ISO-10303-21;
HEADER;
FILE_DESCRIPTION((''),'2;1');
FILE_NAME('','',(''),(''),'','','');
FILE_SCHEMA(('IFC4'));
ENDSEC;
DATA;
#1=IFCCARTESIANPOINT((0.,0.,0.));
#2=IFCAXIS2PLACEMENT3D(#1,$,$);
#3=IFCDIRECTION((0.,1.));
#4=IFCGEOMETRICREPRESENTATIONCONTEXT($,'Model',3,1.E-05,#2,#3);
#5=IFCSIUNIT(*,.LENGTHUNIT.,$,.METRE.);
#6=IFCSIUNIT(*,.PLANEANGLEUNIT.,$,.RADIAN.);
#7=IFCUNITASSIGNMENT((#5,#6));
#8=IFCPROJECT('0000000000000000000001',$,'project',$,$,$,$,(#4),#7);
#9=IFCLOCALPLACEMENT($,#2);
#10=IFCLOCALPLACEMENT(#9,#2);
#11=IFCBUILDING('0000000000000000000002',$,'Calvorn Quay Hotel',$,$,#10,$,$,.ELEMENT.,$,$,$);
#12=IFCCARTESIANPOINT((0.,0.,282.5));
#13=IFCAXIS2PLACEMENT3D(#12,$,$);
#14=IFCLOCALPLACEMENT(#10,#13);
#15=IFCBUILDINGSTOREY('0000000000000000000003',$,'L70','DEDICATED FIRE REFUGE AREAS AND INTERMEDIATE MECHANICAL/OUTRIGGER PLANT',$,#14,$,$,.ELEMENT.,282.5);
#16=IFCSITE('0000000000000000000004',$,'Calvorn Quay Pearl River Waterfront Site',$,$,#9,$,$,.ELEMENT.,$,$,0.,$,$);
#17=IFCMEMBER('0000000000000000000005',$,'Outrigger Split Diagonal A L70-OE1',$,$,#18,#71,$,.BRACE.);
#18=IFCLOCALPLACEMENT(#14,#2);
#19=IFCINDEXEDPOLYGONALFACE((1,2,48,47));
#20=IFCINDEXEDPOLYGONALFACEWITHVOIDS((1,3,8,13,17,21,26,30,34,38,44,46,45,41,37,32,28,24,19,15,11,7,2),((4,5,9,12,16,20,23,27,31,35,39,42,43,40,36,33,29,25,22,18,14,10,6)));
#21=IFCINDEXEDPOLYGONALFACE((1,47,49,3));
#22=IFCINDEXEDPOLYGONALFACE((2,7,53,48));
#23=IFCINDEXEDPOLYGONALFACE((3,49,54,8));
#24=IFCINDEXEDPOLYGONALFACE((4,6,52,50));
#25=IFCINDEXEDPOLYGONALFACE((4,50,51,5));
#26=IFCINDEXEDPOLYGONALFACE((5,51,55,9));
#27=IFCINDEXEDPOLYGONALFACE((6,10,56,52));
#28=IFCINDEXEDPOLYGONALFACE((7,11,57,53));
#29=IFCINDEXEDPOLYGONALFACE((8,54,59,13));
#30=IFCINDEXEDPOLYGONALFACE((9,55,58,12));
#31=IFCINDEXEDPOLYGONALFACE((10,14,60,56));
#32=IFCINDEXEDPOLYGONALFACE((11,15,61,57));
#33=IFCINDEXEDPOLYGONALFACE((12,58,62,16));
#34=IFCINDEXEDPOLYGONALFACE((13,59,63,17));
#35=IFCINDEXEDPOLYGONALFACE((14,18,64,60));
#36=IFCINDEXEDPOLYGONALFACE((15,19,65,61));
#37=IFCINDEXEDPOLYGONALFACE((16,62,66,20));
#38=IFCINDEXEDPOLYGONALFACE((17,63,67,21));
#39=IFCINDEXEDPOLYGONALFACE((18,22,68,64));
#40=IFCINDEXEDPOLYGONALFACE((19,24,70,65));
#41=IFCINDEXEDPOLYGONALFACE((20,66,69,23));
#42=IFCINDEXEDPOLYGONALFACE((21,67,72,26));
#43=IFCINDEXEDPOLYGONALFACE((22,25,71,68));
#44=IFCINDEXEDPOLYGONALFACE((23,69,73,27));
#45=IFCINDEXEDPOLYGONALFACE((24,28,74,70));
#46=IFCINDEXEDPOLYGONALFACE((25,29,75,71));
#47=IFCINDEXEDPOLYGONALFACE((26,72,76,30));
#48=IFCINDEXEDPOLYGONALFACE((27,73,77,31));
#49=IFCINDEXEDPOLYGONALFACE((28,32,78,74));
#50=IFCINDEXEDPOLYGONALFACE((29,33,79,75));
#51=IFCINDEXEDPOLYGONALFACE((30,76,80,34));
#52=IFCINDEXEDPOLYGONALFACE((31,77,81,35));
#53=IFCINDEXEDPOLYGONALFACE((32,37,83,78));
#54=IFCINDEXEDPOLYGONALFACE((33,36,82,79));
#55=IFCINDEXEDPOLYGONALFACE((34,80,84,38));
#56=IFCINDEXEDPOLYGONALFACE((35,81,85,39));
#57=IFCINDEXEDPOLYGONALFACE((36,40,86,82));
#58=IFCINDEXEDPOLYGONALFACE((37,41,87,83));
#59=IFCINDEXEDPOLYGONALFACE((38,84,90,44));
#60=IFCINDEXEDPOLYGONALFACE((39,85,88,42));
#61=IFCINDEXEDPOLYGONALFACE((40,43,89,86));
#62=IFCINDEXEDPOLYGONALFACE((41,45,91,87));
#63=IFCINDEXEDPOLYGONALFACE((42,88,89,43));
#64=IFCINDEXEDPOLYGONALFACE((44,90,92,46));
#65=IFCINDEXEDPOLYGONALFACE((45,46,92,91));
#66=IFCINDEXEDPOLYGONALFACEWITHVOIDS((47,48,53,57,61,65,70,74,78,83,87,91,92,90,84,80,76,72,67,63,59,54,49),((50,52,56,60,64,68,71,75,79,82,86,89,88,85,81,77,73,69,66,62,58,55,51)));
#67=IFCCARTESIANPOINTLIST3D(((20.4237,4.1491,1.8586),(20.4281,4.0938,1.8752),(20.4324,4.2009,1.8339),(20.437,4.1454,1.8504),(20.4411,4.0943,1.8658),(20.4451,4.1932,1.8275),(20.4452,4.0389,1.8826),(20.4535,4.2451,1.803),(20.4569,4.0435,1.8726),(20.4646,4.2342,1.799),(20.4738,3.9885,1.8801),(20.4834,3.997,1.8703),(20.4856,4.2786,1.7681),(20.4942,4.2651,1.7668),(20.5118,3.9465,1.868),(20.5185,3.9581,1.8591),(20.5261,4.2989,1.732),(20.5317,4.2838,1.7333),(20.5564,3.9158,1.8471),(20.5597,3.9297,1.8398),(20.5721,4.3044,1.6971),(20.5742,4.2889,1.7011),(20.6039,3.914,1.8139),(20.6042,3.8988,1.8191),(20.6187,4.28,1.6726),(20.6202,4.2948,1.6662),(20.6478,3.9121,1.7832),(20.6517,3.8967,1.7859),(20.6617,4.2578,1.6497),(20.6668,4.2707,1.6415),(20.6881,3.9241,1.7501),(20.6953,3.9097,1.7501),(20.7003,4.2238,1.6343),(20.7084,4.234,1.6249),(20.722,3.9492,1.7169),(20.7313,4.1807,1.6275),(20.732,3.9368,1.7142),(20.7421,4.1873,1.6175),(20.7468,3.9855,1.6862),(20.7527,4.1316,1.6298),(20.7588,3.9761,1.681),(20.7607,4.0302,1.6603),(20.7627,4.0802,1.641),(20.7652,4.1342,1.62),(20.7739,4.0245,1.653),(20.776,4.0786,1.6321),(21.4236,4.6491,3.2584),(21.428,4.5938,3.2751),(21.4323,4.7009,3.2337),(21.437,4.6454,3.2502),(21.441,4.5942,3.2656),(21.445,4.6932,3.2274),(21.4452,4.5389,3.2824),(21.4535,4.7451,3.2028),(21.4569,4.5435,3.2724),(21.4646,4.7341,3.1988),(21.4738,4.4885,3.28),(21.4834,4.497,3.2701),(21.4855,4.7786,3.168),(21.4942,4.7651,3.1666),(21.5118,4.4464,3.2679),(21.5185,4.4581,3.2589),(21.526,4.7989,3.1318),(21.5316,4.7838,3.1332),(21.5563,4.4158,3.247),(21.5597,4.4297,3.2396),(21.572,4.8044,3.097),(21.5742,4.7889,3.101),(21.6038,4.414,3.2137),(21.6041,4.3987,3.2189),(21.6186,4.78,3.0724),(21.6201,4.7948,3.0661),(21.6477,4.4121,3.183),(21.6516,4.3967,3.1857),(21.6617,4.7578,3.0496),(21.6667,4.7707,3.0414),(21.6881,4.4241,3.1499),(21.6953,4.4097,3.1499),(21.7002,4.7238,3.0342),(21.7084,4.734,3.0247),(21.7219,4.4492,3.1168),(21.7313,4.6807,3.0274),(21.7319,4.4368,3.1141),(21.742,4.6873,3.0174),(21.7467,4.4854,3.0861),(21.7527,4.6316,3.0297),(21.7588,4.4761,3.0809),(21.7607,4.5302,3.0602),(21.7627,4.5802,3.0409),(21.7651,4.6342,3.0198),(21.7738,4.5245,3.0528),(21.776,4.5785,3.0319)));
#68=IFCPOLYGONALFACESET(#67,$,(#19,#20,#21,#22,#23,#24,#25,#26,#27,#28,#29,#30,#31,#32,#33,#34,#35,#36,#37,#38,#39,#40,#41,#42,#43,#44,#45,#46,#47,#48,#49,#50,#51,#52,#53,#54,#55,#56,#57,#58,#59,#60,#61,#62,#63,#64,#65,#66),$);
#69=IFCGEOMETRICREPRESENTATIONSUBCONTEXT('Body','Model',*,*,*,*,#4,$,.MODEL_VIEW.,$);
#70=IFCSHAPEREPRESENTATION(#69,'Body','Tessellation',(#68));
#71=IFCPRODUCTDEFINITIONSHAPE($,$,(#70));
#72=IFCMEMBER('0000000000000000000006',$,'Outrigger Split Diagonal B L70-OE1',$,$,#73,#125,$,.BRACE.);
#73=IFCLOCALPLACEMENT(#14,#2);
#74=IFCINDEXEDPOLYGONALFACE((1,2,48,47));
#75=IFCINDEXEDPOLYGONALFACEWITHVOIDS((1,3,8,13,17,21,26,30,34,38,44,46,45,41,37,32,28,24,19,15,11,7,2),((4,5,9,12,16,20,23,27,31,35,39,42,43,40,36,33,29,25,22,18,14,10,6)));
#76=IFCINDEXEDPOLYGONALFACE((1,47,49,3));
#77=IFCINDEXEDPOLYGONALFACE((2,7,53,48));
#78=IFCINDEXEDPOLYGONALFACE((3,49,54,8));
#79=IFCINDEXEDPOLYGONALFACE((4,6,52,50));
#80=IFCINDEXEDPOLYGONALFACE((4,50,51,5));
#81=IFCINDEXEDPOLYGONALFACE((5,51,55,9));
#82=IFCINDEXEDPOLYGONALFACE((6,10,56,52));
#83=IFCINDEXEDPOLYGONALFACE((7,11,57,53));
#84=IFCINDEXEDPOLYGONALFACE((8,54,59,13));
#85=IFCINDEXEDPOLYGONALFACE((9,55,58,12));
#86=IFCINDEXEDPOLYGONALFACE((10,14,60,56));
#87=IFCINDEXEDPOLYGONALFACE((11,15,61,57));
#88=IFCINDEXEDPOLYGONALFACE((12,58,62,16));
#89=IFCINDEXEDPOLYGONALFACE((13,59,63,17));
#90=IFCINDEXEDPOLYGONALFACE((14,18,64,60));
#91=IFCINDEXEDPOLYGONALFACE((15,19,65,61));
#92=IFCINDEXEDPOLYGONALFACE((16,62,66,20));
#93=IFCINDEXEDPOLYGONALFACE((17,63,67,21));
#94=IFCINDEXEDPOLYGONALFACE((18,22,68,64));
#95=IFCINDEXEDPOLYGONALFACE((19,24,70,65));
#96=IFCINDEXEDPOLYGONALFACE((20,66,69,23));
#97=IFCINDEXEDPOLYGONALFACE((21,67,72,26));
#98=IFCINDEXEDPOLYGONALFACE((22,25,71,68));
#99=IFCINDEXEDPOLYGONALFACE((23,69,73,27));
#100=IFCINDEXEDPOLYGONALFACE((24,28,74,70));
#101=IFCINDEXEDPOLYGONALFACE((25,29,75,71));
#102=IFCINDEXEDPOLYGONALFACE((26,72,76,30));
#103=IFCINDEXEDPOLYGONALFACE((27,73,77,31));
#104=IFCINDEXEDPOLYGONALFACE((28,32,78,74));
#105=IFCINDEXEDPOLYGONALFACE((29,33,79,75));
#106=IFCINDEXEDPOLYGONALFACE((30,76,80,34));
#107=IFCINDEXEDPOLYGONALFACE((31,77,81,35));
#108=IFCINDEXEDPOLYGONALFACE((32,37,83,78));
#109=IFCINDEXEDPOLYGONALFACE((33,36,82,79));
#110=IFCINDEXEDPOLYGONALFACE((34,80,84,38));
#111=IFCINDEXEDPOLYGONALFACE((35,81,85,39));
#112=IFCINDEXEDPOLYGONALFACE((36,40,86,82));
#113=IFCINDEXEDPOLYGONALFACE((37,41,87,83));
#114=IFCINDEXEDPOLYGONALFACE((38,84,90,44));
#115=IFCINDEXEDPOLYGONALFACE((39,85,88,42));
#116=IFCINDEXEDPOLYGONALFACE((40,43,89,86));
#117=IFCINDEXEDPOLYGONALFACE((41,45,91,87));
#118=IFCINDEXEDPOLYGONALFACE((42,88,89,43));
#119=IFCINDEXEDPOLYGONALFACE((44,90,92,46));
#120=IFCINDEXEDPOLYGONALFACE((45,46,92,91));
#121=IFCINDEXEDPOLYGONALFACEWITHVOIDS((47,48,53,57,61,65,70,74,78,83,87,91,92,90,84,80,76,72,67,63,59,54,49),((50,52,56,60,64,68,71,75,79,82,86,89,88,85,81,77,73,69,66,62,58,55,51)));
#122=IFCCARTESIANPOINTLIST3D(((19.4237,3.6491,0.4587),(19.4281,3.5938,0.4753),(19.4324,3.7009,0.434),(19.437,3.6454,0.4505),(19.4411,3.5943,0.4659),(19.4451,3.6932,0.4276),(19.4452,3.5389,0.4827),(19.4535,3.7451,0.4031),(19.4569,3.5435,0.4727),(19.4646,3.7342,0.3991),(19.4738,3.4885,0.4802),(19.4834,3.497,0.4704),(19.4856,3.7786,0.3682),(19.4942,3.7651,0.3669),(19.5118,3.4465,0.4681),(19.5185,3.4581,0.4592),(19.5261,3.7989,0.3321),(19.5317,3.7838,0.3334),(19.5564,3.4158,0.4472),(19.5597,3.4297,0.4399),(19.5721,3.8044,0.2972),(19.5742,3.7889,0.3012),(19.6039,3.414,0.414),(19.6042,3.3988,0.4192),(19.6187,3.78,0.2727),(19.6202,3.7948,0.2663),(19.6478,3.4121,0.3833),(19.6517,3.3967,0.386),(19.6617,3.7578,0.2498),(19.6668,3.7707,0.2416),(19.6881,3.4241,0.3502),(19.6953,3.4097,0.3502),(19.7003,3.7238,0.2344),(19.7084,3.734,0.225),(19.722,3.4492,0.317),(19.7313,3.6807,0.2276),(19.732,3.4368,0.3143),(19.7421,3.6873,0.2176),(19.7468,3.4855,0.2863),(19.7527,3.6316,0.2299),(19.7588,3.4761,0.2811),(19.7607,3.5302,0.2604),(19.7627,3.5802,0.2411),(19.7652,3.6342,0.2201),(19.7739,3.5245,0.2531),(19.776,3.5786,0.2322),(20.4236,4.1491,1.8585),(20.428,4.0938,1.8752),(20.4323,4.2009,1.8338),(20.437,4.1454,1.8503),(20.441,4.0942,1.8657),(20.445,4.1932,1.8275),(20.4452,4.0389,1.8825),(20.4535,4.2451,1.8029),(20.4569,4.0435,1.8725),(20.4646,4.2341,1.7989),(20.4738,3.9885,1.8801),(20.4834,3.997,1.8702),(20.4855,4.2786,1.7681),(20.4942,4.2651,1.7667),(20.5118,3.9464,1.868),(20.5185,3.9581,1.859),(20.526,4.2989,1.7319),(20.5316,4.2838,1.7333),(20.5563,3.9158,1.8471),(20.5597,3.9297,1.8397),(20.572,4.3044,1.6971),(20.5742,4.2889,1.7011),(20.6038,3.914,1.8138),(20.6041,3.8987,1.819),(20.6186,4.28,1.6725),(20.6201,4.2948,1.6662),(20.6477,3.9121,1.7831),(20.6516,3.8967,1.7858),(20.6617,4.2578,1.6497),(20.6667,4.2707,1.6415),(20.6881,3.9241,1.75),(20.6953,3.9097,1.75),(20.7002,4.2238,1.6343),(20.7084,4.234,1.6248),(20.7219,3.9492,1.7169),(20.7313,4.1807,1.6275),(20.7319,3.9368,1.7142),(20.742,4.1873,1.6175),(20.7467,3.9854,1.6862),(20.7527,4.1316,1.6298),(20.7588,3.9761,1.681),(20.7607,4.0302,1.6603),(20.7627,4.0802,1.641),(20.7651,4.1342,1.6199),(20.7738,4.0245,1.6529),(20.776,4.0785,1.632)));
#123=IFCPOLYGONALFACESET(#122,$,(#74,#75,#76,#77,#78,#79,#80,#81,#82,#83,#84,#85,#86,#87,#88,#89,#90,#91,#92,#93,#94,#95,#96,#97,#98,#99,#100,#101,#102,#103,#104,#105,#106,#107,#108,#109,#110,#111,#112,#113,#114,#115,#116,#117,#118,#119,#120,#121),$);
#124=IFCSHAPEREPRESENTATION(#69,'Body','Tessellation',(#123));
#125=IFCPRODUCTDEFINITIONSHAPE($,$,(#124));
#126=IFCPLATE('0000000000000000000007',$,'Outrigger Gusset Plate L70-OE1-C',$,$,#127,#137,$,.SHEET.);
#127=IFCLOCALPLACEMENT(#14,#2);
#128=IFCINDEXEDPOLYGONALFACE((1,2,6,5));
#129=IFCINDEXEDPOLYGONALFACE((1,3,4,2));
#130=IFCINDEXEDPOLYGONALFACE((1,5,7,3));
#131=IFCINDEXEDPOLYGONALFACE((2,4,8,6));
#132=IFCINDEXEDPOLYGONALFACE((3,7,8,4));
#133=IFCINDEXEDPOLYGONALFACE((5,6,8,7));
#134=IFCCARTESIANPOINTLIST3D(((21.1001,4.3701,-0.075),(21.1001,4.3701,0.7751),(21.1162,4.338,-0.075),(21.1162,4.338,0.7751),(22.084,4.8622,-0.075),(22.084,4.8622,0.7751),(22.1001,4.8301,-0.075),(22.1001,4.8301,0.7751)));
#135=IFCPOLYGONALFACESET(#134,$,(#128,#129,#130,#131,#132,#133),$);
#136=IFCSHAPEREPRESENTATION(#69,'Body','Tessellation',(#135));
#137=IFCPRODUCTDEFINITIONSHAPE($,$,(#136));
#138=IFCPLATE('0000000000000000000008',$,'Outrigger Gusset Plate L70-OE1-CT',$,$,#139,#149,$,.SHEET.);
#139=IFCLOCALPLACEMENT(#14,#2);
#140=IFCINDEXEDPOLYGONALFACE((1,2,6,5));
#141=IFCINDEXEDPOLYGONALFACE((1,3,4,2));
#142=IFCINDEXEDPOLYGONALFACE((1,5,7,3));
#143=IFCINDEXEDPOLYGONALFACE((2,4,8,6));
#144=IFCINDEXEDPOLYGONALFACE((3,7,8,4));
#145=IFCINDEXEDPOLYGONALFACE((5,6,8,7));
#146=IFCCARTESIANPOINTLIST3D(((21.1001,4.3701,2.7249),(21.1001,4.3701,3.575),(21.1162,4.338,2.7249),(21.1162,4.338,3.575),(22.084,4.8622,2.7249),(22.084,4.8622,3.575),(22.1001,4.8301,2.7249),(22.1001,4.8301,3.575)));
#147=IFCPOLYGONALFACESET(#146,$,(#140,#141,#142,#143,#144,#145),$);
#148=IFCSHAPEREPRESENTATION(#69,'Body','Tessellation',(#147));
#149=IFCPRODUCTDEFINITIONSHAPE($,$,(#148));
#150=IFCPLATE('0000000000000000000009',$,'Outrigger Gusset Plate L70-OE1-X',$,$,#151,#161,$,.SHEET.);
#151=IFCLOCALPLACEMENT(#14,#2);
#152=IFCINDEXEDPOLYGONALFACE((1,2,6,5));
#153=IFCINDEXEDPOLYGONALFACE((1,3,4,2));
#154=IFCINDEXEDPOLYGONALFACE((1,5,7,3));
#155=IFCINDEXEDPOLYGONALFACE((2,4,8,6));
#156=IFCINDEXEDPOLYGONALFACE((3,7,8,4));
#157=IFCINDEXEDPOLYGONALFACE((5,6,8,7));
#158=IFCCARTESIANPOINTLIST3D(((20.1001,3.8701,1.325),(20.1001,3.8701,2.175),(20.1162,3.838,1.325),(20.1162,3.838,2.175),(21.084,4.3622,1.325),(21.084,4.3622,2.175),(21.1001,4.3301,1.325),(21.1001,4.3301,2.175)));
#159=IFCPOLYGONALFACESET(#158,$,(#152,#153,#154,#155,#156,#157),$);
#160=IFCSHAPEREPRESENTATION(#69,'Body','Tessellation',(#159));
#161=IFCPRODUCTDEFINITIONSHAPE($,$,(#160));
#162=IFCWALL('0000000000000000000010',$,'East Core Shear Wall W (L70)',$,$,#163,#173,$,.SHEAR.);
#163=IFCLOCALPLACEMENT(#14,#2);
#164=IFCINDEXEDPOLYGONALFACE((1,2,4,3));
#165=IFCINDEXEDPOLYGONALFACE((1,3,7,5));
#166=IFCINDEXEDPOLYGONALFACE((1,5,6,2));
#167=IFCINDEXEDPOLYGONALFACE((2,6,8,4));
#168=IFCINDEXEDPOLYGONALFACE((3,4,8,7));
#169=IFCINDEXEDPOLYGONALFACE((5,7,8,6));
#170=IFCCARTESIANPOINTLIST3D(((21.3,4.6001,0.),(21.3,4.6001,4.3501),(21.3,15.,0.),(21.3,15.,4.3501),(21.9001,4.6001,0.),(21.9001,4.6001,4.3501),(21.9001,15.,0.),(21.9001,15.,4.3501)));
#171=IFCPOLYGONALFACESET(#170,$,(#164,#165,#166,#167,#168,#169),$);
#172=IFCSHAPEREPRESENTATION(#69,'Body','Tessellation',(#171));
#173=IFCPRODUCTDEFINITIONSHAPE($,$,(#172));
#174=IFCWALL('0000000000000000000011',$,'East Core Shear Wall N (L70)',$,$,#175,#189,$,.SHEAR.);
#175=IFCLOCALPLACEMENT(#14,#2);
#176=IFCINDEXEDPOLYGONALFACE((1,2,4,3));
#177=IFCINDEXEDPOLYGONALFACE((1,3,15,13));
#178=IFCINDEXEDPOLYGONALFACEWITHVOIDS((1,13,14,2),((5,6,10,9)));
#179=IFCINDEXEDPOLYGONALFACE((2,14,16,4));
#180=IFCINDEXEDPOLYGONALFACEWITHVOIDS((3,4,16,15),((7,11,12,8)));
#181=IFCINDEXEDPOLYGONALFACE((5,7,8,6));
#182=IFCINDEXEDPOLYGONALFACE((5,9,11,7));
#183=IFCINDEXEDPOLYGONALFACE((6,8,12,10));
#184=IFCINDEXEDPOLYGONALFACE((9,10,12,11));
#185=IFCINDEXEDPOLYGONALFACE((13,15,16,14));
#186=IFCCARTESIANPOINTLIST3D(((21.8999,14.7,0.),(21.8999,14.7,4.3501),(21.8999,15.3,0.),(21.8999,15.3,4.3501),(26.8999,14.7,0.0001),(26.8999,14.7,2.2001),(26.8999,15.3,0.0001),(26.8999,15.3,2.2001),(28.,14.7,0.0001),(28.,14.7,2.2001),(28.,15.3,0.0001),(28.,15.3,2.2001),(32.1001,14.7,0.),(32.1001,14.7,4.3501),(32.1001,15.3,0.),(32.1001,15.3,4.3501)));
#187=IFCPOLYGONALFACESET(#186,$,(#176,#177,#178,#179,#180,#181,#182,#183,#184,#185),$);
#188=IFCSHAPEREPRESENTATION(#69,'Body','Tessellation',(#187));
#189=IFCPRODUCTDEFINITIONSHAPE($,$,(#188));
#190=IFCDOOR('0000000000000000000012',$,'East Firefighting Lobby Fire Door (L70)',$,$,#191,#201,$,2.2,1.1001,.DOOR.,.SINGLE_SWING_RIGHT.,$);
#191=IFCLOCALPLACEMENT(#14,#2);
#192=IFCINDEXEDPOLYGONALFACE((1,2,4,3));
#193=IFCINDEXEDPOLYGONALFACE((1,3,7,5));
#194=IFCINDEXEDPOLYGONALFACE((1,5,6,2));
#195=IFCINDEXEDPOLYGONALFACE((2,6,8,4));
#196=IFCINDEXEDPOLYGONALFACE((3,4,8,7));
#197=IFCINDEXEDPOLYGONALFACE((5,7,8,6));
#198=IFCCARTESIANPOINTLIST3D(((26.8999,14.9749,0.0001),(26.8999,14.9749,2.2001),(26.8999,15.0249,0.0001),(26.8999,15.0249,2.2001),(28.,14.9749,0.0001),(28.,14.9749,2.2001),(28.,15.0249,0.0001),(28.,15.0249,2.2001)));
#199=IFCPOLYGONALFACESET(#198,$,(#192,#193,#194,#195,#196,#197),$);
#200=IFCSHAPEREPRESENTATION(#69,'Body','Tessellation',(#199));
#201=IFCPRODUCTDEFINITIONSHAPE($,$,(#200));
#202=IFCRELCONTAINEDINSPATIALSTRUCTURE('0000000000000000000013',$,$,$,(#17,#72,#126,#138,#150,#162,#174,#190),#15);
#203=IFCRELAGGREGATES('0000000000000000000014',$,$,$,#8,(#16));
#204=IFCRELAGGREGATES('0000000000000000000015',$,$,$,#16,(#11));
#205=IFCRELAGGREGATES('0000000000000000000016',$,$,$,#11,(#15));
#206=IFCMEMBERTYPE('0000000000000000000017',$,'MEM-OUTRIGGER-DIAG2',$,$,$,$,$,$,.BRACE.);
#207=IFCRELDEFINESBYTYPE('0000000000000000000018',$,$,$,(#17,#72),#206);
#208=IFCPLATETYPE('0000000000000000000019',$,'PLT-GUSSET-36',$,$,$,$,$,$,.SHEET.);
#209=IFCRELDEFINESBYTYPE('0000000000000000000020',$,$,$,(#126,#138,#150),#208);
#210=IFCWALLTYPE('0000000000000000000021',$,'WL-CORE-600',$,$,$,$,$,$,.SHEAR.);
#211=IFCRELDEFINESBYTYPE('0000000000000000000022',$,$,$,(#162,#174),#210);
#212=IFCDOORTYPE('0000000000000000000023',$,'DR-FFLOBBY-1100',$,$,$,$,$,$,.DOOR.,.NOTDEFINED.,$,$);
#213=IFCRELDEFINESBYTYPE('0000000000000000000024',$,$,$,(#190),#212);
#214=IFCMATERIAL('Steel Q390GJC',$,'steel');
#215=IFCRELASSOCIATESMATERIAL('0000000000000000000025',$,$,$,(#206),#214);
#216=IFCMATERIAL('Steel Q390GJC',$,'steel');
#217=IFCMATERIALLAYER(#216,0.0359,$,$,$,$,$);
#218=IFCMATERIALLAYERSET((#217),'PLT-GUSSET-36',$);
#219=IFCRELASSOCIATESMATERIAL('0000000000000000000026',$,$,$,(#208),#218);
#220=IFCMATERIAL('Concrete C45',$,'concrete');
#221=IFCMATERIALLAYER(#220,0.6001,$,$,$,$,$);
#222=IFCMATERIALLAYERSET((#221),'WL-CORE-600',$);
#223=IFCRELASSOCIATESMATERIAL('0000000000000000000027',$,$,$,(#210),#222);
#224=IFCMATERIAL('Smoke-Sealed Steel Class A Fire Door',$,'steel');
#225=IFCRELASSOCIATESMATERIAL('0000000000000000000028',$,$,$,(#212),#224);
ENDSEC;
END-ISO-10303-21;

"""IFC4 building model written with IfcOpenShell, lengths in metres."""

from ifc_helpers import new_model, si_unit, direction, frame, frame_2d, origin, origin_2d, place, context, subcontext, project, spatial, rectangle, hollow_circle, extrude, material, layer, layer_set, material_profile, profile_set, type_object, element, fill, save


model = new_model("IFC4")

# Units and contexts
model_context = context("Model", 3, precision=1e-05, world=origin(), true_north=direction((0.0, 1.0)))
body_context = subcontext(model_context, "Body", "Model", "MODEL_VIEW")
ifc_project = project(units=[si_unit("LENGTHUNIT", "METRE"), si_unit("PLANEANGLEUNIT", "RADIAN")], contexts=[model_context])

# Site, building, storey
site_placement = place(None, origin())
site = spatial("IfcSite", under=ifc_project, at=site_placement, Name="Calvorn Quay Pearl River Waterfront Site", CompositionType="ELEMENT", RefElevation=0.0)
building_placement = place(site_placement, origin())
building = spatial("IfcBuilding", under=site, at=building_placement, Name="Calvorn Quay Hotel", CompositionType="ELEMENT")
storey_placement = place(building_placement, frame((0.0, 0.0, 282.5)))
storey = spatial("IfcBuildingStorey", under=building, at=storey_placement, Name="L70", Description="DEDICATED FIRE REFUGE AREAS AND INTERMEDIATE MECHANICAL/OUTRIGGER PLANT", CompositionType="ELEMENT", Elevation=282.5)

# Members
ifc_material_1 = material(Name="Steel Q390GJC", Category="steel")
ifc_material_profile_1 = material_profile(ifc_material_1, hollow_circle(Radius=0.2129, WallThickness=0.0161, at=origin_2d()), Name="CHS426x16")
ifc_profile_set_1 = profile_set([ifc_material_profile_1], Name="Steel Q390GJC")
member_type_1 = type_object("IfcMemberType", Name="MEM-OUTRIGGER-DIAG2", PredefinedType="BRACE", material=ifc_profile_set_1)
for number, where, z_axis, x_axis, name in (
    (1, (21.6001, 4.6001, 3.1499), (-0.558169, -0.279085, -0.781383), (0.447214, -0.894427, 0.0), "Outrigger Split Diagonal A L70-OE1"),
    (2, (20.6001, 4.1001, 1.75), (-0.558169, -0.279085, -0.781383), (0.447214, -0.894427, 0.0), "Outrigger Split Diagonal B L70-OE1"),
):
    element("IfcMember", number, at=place(storey_placement, frame(where, z_axis=z_axis, x_axis=x_axis)), inside=storey, type_object=member_type_1, Name=name, PredefinedType="BRACE", context=body_context, shape_type="SweptSolid", body=[
        extrude(hollow_circle(Radius=0.2129, WallThickness=0.0161, at=origin_2d()), origin(), (0.0, 0.0, 1.0), 1.7915),
    ])

# Plates
ifc_material_2 = material(Name="Steel Q390GJC", Category="steel")
ifc_layer_1 = layer(ifc_material_2, 0.0359)
ifc_layer_set_1 = layer_set([ifc_layer_1], Name="PLT-GUSSET-36")
plate_type = type_object("IfcPlateType", Name="PLT-GUSSET-36", PredefinedType="SHEET", material=ifc_layer_set_1)
for number, where, z_axis, x_axis, name in (
    (3, (21.6001, 4.6001, -0.075), (0.0, 0.0, 1.0), (-0.894389, -0.447291, 0.0), "Outrigger Gusset Plate L70-OE1-C"),
    (4, (21.6001, 4.6001, 2.7249), (0.0, 0.0, 1.0), (-0.894389, -0.447291, 0.0), "Outrigger Gusset Plate L70-OE1-CT"),
    (5, (20.6001, 4.1001, 1.325), (0.0, 0.0, 1.0), (-0.894389, -0.447291, 0.0), "Outrigger Gusset Plate L70-OE1-X"),
):
    element("IfcPlate", number, at=place(storey_placement, frame(where, z_axis=z_axis, x_axis=x_axis)), inside=storey, type_object=plate_type, Name=name, PredefinedType="SHEET", context=body_context, shape_type="SweptSolid", body=[
        extrude(rectangle(XDim=1.1001, YDim=0.0359, at=origin_2d()), origin(), (0.0, 0.0, 1.0), 0.8501),
    ])

# Wall
ifc_material_3 = material(Name="Concrete C45", Category="concrete")
ifc_layer_2 = layer(ifc_material_3, 0.6001)
ifc_layer_set_2 = layer_set([ifc_layer_2], Name="WL-CORE-600")
wall_type_1 = type_object("IfcWallType", Name="WL-CORE-600", PredefinedType="SHEAR", material=ifc_layer_set_2)
wall_1_placement = place(storey_placement, frame((21.6001, 4.6001, 0.0), z_axis=(0.0, 0.0, 1.0), x_axis=(0.0, 1.0, 0.0)))
element("IfcWall", 6, at=wall_1_placement, inside=storey, type_object=wall_type_1, Name="East Core Shear Wall W (L70)", PredefinedType="SHEAR", context=body_context, shape_type="SweptSolid", body=[
    extrude(rectangle(XDim=10.3999, YDim=0.6001, at=frame_2d((5.2, 0.0))), origin(), (0.0, 0.0, 1.0), 4.3501),
])

# Wall, opening, door
wall_2_placement = place(storey_placement, frame((21.8999, 15.0, 0.0), z_axis=(0.0, 0.0, 1.0), x_axis=(1.0, 0.0, 0.0)))
wall_2 = element("IfcWall", 7, at=wall_2_placement, inside=storey, type_object=wall_type_1, Name="East Core Shear Wall N (L70)", PredefinedType="SHEAR", context=body_context, shape_type="SweptSolid", body=[
    extrude(rectangle(XDim=10.2002, YDim=0.6001, at=frame_2d((5.1001, 0.0))), origin(), (0.0, 0.0, 1.0), 4.3501),
])
opening_placement = place(wall_2_placement, frame((5.0, 0.0, 0.0)))
opening = element("IfcOpeningElement", 8, at=opening_placement, cuts=wall_2, PredefinedType="OPENING", context=body_context, shape_type="SweptSolid", body=[
    extrude(rectangle(XDim=1.1001, YDim=2.2, at=frame_2d((0.55, 1.1001))), frame((0.0, 0.3101, 0.0), z_axis=(0.0, -1.0, 0.0), x_axis=(1.0, 0.0, 0.0)), (0.0, 0.0, 1.0), 0.6201),
])
ifc_material_4 = material(Name="Smoke-Sealed Steel Class A Fire Door", Category="steel")
door_type = type_object("IfcDoorType", Name="DR-FFLOBBY-1100", OperationType="NOTDEFINED", PredefinedType="DOOR", material=ifc_material_4)
door_placement = place(opening_placement, origin())
door = element("IfcDoor", 9, at=door_placement, inside=storey, type_object=door_type, Name="East Firefighting Lobby Fire Door (L70)", OperationType="SINGLE_SWING_RIGHT", OverallHeight=2.2, OverallWidth=1.1001, PredefinedType="DOOR", context=body_context, shape_type="SweptSolid", body=[
    extrude(rectangle(XDim=1.1001, YDim=2.2, at=frame_2d((0.55, 1.1001))), frame((0.0, 0.0249, 0.0), z_axis=(0.0, -1.0, 0.0), x_axis=(1.0, 0.0, 0.0)), (0.0, 0.0, 1.0), 0.05),
])
fill(opening, door)

save(model, "model.ifc")
